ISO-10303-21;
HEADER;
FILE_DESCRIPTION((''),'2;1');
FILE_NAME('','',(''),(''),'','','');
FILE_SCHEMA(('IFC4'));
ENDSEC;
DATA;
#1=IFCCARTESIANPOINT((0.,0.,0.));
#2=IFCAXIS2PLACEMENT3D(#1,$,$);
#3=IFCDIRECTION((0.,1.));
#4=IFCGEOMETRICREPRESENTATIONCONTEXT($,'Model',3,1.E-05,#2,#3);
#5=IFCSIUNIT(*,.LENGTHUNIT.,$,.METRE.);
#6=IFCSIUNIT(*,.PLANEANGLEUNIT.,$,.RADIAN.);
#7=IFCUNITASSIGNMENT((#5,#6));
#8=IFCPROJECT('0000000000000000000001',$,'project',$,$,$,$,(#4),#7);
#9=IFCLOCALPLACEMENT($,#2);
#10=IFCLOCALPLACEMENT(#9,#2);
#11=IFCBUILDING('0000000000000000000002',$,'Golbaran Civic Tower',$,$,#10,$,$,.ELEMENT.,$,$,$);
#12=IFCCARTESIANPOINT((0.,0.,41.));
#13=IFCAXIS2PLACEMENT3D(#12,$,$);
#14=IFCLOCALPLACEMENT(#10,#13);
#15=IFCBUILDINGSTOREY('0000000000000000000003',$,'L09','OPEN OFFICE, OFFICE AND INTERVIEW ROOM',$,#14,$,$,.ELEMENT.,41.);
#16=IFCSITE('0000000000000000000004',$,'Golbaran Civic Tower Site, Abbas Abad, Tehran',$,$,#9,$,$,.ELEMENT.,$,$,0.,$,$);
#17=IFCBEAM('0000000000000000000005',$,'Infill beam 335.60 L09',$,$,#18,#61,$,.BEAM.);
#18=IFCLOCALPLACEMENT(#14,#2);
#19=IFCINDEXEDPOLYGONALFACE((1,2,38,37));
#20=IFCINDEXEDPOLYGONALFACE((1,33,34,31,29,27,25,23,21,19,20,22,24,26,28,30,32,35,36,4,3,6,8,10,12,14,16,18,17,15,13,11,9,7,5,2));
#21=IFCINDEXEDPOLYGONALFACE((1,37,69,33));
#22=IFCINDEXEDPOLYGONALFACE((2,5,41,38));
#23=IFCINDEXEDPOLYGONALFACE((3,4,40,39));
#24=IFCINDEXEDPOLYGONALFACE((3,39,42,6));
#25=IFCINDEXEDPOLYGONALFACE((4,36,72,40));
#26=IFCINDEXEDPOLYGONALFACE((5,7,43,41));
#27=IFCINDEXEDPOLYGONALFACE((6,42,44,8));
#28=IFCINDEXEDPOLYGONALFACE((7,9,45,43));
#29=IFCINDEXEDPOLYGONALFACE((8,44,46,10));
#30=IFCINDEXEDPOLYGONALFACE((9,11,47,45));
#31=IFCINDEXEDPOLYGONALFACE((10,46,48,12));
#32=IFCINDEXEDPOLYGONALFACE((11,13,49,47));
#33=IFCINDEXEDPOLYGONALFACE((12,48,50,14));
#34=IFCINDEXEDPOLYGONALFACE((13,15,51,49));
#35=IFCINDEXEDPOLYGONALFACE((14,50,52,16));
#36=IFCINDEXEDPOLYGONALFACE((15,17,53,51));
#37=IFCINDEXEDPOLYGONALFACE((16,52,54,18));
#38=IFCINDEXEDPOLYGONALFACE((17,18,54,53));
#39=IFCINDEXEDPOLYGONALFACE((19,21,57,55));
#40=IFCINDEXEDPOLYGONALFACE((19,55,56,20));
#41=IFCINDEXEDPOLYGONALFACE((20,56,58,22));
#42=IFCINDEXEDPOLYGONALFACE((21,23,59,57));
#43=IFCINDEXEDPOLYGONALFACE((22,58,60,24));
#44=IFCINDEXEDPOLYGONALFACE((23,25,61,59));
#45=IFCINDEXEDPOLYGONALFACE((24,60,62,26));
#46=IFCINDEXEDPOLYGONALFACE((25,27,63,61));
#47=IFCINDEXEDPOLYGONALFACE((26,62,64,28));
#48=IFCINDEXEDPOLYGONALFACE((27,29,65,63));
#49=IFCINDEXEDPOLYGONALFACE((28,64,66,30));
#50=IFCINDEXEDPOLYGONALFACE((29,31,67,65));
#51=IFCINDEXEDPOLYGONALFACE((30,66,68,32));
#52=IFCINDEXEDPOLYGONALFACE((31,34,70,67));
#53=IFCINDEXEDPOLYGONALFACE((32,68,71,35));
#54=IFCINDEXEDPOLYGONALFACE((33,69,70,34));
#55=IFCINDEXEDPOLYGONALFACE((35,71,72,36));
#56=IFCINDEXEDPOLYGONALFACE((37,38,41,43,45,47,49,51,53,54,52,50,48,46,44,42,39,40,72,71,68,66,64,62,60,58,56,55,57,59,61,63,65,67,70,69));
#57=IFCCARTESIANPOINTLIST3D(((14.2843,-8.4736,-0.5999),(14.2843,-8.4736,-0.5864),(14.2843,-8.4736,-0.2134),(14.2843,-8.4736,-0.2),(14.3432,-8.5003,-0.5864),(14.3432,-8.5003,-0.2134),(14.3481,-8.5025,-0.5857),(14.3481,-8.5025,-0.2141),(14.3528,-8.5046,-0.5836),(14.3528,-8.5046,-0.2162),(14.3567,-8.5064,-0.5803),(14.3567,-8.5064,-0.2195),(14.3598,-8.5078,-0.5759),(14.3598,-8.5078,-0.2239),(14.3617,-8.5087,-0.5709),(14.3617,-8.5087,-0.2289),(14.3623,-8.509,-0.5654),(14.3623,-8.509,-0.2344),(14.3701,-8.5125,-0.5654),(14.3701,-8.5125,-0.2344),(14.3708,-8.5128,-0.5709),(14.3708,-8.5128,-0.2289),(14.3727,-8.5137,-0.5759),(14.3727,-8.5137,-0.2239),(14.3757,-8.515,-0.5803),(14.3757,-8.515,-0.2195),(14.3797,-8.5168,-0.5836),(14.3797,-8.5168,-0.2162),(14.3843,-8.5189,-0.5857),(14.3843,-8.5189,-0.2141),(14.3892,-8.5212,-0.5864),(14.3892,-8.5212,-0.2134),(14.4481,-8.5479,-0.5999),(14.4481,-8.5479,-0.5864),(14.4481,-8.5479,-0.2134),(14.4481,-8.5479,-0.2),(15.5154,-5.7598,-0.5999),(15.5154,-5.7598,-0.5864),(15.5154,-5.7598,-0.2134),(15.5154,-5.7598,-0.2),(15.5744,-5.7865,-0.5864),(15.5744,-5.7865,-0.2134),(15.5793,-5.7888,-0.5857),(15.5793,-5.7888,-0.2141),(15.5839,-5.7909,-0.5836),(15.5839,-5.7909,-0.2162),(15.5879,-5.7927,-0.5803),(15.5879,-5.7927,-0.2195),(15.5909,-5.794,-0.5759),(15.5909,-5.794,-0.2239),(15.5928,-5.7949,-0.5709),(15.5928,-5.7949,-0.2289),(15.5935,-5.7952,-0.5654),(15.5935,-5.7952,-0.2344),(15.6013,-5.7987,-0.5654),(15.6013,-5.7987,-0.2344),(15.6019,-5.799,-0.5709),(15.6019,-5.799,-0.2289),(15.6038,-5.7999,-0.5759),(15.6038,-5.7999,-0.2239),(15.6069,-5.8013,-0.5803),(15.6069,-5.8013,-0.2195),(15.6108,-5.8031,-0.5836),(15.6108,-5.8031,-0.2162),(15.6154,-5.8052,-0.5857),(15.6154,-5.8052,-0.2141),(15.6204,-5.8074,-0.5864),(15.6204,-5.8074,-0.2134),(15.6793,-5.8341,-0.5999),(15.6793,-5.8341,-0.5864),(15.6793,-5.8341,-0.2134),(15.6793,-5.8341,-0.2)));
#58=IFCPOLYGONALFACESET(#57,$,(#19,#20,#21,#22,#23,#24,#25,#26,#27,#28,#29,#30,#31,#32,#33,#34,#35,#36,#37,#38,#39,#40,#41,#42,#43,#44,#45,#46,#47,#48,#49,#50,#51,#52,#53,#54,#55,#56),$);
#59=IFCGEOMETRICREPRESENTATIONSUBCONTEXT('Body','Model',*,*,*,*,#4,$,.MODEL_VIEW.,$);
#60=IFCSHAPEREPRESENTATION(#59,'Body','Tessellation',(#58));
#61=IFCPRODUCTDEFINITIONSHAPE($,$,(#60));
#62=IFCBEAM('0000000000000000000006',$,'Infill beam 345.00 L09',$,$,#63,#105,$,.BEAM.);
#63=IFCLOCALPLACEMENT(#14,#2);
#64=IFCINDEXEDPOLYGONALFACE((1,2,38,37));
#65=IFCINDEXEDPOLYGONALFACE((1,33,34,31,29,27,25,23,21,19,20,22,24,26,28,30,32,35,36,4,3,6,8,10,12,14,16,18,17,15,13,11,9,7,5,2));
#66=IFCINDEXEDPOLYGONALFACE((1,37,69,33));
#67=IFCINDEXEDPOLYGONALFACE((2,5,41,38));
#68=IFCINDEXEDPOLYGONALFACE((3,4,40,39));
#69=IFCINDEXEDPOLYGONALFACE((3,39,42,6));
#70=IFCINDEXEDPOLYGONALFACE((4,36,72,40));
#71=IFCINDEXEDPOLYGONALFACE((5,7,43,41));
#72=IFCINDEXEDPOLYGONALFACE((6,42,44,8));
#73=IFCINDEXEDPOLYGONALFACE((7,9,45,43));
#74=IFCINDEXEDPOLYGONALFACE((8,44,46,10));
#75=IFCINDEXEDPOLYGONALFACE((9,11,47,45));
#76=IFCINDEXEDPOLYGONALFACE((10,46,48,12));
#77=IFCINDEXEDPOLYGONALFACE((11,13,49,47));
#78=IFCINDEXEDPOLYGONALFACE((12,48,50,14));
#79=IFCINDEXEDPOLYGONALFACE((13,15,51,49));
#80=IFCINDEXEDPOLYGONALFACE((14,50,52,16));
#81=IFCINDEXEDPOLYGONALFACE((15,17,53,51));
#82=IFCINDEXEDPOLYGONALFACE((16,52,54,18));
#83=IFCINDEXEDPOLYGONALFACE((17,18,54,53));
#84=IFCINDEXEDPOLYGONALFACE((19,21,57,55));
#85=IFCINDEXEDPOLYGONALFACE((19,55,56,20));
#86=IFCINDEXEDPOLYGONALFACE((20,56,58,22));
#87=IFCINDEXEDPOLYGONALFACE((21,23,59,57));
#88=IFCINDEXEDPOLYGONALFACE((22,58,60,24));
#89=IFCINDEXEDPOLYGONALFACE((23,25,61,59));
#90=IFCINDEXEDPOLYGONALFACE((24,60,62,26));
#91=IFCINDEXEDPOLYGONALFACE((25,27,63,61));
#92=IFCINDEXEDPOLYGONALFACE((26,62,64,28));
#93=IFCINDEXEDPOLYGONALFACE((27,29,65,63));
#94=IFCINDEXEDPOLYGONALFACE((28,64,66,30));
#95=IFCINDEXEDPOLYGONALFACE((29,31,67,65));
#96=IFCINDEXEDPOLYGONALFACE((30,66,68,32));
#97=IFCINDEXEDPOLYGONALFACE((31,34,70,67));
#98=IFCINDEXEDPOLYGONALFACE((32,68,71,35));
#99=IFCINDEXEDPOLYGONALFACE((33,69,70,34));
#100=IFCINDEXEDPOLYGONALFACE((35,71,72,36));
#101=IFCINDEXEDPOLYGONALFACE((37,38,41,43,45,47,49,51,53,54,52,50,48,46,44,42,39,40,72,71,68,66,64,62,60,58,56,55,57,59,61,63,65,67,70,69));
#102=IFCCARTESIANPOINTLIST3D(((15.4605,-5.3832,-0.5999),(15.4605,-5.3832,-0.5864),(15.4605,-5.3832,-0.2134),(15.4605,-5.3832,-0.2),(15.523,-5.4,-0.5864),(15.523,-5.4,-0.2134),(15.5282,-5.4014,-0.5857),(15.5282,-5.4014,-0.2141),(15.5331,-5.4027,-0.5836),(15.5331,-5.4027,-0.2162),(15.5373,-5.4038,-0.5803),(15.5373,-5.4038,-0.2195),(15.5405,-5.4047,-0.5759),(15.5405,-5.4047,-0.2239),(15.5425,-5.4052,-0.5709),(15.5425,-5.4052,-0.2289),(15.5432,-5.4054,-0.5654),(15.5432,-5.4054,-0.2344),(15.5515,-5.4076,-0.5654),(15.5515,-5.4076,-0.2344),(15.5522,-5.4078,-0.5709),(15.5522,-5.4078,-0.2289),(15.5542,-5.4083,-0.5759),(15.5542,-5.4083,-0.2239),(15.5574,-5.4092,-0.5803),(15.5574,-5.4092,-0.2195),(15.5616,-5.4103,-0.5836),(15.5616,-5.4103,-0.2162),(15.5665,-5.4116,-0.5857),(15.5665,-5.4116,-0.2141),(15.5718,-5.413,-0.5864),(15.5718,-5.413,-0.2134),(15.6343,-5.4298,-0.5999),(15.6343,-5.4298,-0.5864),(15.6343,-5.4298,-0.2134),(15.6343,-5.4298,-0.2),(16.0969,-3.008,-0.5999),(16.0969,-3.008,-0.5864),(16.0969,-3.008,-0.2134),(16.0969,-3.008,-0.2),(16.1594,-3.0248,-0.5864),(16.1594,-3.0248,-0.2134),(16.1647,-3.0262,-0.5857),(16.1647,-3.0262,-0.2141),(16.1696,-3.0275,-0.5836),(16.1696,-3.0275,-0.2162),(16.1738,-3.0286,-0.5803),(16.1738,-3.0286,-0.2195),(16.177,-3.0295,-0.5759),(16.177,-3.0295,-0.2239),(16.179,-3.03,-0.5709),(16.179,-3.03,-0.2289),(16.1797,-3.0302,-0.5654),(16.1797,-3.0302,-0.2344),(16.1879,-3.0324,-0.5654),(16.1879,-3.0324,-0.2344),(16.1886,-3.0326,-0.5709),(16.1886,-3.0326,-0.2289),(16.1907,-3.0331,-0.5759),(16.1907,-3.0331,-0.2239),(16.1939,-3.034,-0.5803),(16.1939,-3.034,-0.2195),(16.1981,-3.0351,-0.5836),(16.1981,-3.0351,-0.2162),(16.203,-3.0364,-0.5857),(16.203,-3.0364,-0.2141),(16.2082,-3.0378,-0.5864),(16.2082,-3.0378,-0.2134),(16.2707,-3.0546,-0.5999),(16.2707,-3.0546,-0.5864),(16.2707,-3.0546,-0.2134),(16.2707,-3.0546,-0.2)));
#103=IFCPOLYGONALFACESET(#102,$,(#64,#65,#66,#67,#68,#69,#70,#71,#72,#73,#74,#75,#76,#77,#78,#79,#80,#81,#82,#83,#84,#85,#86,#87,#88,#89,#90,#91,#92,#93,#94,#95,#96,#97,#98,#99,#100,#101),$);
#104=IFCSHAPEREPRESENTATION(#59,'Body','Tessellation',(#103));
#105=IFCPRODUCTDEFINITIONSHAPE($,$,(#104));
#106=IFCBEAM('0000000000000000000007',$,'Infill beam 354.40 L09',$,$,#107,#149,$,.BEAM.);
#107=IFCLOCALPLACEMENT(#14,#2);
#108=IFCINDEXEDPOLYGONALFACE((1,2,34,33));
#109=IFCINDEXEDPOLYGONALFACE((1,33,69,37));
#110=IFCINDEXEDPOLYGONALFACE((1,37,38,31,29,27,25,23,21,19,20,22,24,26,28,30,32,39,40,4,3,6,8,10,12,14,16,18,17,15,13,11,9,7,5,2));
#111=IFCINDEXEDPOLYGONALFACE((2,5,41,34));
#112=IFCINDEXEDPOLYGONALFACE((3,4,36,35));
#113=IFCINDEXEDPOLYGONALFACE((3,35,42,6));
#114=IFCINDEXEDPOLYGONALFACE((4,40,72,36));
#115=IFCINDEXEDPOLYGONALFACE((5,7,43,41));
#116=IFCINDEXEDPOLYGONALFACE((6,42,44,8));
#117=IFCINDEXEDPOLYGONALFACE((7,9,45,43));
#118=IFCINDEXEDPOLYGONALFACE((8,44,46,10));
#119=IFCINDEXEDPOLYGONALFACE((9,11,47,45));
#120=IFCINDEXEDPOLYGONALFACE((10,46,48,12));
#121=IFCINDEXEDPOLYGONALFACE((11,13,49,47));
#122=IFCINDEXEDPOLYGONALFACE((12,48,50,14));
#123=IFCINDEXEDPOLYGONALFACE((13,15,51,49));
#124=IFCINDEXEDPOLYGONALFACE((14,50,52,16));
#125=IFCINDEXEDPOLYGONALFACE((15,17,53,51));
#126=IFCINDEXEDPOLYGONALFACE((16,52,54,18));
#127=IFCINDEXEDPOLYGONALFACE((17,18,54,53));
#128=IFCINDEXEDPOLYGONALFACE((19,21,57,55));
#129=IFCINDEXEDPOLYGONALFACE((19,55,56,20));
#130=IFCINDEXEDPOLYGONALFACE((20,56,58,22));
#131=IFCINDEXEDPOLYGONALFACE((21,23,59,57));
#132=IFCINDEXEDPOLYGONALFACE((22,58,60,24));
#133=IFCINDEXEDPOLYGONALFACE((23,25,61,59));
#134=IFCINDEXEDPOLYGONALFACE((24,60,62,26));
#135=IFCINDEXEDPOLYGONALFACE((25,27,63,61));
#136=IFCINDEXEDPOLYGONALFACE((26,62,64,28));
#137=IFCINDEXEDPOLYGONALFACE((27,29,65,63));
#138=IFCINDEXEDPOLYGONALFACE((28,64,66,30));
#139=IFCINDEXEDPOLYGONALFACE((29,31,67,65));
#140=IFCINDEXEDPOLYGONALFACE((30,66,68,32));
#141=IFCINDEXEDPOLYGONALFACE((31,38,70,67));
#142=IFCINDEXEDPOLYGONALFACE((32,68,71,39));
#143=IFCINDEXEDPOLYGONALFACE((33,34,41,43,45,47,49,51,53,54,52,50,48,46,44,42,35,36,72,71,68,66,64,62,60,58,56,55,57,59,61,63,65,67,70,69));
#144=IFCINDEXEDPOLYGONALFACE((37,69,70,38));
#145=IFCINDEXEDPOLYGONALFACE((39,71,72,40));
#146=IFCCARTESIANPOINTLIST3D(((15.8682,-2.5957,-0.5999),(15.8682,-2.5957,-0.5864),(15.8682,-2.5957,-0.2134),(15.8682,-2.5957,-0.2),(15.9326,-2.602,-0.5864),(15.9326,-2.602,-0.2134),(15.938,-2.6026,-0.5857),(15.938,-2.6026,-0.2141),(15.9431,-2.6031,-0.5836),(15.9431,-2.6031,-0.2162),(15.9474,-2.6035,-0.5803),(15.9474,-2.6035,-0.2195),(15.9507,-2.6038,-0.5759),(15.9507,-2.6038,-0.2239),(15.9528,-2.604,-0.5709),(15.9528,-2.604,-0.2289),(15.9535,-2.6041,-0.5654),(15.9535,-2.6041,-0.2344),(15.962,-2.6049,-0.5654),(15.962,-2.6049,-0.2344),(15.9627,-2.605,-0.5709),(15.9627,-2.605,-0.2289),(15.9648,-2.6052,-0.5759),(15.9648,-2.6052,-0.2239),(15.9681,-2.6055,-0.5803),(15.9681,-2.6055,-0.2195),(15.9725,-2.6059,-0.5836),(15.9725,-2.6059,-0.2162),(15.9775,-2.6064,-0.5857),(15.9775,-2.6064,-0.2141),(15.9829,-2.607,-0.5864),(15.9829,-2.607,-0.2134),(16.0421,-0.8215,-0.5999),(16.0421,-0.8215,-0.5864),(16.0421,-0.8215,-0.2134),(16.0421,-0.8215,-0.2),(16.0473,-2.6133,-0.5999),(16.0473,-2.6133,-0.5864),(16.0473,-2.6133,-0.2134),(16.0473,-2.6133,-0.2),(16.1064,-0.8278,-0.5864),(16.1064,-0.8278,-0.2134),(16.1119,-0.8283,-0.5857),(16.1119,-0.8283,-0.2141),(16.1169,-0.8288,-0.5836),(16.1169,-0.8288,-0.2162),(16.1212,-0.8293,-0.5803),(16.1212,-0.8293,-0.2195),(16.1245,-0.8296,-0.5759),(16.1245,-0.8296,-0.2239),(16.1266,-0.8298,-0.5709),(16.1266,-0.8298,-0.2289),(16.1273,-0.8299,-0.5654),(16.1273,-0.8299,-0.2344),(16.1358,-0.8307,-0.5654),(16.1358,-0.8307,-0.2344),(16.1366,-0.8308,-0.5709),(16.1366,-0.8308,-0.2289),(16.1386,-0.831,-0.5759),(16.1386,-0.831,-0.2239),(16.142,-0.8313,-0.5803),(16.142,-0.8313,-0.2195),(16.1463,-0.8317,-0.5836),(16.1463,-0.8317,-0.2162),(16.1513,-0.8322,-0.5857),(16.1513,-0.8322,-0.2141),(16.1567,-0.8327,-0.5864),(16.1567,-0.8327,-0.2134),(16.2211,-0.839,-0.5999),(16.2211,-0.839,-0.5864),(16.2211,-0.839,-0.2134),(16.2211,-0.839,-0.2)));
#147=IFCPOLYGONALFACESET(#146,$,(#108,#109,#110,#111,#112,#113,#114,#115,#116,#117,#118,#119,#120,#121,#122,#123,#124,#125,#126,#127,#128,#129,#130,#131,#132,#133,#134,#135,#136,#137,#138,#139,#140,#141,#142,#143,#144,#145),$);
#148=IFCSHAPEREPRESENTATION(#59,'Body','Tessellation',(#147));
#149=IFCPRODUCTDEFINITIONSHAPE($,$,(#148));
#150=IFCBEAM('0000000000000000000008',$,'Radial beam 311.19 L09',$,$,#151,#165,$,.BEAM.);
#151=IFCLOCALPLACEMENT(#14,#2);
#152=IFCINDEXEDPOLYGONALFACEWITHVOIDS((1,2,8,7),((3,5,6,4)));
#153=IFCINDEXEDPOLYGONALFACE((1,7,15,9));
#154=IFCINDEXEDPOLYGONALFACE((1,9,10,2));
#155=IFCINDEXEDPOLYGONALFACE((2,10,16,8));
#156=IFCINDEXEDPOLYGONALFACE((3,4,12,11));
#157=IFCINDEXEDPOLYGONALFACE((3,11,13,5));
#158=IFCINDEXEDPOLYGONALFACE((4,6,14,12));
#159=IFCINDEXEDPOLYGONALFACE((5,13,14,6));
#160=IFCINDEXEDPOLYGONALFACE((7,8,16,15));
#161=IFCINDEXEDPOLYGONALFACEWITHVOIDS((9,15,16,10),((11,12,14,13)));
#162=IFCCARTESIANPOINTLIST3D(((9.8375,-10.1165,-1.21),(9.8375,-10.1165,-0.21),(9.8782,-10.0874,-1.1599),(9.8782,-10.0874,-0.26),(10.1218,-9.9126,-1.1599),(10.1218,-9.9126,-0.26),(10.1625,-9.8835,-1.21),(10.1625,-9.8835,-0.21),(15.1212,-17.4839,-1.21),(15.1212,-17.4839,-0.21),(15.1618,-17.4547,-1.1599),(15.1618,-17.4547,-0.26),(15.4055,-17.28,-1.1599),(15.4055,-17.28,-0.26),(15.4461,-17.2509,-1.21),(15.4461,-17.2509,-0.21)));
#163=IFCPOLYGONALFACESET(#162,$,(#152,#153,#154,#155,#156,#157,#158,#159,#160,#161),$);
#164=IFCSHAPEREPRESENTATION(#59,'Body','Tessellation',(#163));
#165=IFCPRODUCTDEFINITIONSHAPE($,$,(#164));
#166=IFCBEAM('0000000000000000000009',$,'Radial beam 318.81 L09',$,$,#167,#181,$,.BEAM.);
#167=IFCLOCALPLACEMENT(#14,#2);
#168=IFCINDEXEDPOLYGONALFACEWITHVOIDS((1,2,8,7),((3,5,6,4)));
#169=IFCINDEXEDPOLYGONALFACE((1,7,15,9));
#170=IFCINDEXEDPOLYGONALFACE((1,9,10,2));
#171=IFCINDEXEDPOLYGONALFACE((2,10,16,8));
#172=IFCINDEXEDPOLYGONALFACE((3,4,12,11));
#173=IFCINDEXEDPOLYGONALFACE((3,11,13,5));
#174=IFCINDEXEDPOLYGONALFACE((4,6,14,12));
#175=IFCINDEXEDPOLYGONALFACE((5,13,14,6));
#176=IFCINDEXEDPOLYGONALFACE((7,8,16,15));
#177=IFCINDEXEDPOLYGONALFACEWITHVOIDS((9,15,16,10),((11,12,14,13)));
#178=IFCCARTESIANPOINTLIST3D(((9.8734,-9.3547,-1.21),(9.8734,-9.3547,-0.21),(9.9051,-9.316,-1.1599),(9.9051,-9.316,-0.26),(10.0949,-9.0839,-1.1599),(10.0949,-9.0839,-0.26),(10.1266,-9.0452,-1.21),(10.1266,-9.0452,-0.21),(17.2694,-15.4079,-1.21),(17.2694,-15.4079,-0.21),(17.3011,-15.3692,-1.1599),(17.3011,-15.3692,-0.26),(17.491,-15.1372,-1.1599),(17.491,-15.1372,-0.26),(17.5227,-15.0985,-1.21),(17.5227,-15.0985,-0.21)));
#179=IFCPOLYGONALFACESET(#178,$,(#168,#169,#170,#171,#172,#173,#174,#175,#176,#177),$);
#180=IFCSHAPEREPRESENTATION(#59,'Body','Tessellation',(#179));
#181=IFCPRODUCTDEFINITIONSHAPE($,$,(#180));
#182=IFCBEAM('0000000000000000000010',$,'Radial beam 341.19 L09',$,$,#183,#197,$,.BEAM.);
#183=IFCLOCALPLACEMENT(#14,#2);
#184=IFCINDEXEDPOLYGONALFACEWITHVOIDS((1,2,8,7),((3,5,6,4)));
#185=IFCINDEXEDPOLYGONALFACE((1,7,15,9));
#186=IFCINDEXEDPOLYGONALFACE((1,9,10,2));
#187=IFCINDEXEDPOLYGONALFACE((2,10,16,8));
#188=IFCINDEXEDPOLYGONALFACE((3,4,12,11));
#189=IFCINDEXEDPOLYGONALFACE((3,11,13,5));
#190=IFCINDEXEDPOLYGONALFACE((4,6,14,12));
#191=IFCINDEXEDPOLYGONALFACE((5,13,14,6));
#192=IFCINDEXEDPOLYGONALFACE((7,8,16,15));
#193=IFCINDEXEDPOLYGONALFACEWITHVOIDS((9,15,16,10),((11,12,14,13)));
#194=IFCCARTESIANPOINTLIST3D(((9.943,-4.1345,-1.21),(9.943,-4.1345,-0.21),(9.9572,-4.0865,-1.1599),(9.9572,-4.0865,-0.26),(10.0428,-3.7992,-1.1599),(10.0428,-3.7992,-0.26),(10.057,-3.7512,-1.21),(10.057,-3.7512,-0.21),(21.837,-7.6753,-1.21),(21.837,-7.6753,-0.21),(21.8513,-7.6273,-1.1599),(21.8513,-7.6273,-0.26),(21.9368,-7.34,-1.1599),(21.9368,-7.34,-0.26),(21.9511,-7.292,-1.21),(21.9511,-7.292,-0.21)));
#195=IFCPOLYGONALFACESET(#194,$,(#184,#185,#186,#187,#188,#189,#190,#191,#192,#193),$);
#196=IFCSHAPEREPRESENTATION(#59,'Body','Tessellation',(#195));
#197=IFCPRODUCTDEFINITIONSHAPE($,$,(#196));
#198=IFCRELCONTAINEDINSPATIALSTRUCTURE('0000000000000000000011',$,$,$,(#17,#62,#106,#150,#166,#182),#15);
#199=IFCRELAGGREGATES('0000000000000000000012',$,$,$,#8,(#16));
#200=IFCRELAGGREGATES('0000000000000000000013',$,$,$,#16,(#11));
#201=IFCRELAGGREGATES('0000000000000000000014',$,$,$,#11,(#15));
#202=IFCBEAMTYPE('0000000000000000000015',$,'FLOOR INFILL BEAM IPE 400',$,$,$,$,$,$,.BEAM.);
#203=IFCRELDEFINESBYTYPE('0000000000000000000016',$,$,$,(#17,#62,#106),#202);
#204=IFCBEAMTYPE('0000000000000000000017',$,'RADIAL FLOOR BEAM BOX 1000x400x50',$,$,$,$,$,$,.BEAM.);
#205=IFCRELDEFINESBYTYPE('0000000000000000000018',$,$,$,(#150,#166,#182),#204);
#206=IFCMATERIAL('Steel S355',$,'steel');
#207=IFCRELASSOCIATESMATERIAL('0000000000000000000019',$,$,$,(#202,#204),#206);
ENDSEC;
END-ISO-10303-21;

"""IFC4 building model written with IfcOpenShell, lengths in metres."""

from ifc_helpers import new_model, si_unit, direction, frame, origin, origin_2d, place, context, subcontext, project, spatial, hollow_rectangle, i_section, extrude, material, material_profile, profile_set, type_object, element, save


model = new_model("IFC4")

# Units and contexts
model_context = context("Model", 3, precision=1e-05, world=origin(), true_north=direction((0.0, 1.0)))
body_context = subcontext(model_context, "Body", "Model", "MODEL_VIEW")
ifc_project = project(units=[si_unit("LENGTHUNIT", "METRE"), si_unit("PLANEANGLEUNIT", "RADIAN")], contexts=[model_context])

# Site, building, storey
site_placement = place(None, origin())
site = spatial("IfcSite", under=ifc_project, at=site_placement, Name="Golbaran Civic Tower Site, Abbas Abad, Tehran", CompositionType="ELEMENT", RefElevation=0.0)
building_placement = place(site_placement, origin())
building = spatial("IfcBuilding", under=site, at=building_placement, Name="Golbaran Civic Tower", CompositionType="ELEMENT")
storey_placement = place(building_placement, frame((0.0, 0.0, 41.0)))
storey = spatial("IfcBuildingStorey", under=building, at=storey_placement, Name="L09", Description="OPEN OFFICE, OFFICE AND INTERVIEW ROOM", CompositionType="ELEMENT", Elevation=41.0)

# Beams
ifc_material_1 = material(Name="Steel S355", Category="steel")
ifc_material_profile_1 = material_profile(ifc_material_1, i_section(OverallWidth=0.1799, OverallDepth=0.3999, WebThickness=0.0085, FlangeThickness=0.0134, FilletRadius=0.021, at=origin_2d()), Name="IPE 400")
ifc_profile_set_1 = profile_set([ifc_material_profile_1], Name="Steel S355")
beam_type_1 = type_object("IfcBeamType", Name="FLOOR INFILL BEAM IPE 400", PredefinedType="BEAM", material=ifc_profile_set_1)
beam_1_placement = place(storey_placement, frame((14.3662, -8.5107, -0.3999), z_axis=(0.413142, 0.910666, 0.0), x_axis=(-0.910666, 0.413142, 0.0)))
element("IfcBeam", 1, at=beam_1_placement, inside=storey, type_object=beam_type_1, Name="Infill beam 335.60 L09", PredefinedType="BEAM", context=body_context, shape_type="SweptSolid", body=[
    extrude(i_section(OverallWidth=0.1799, OverallDepth=0.3999, WebThickness=0.0085, FlangeThickness=0.0134, FilletRadius=0.021, at=origin_2d()), origin(), (0.0, 0.0, 1.0), 2.98),
])
beam_2_placement = place(storey_placement, frame((15.5474, -5.4065, -0.3999), z_axis=(0.25883, 0.965923, 0.0), x_axis=(-0.965923, 0.25883, 0.0)))
element("IfcBeam", 2, at=beam_2_placement, inside=storey, type_object=beam_type_1, Name="Infill beam 345.00 L09", PredefinedType="BEAM", context=body_context, shape_type="SweptSolid", body=[
    extrude(i_section(OverallWidth=0.1799, OverallDepth=0.3999, WebThickness=0.0085, FlangeThickness=0.0134, FilletRadius=0.021, at=origin_2d()), origin(), (0.0, 0.0, 1.0), 2.459),
])
beam_3_placement = place(storey_placement, frame((15.9578, -2.6045, -0.3999), z_axis=(0.09751, 0.995235, 0.0), x_axis=(-0.995235, 0.09751, 0.0)))
element("IfcBeam", 3, at=beam_3_placement, inside=storey, type_object=beam_type_1, Name="Infill beam 354.40 L09", PredefinedType="BEAM", context=body_context, shape_type="SweptSolid", body=[
    extrude(i_section(OverallWidth=0.1799, OverallDepth=0.3999, WebThickness=0.0085, FlangeThickness=0.0134, FilletRadius=0.021, at=origin_2d()), origin(), (0.0, 0.0, 1.0), 1.7827),
])
ifc_material_profile_2 = material_profile(ifc_material_1, hollow_rectangle(XDim=0.3999, YDim=1.0, WallThickness=0.05, at=origin_2d()), Name="BOX 1000x400x50")
ifc_profile_set_2 = profile_set([ifc_material_profile_2], Name="Steel S355")
beam_type_2 = type_object("IfcBeamType", Name="RADIAL FLOOR BEAM BOX 1000x400x50", PredefinedType="BEAM", material=ifc_profile_set_2)
beam_4_placement = place(storey_placement, frame((10.0, -10.0, -0.71), z_axis=(0.582788, -0.812624, 0.0), x_axis=(0.812624, 0.582788, 0.0)))
element("IfcBeam", 4, at=beam_4_placement, inside=storey, type_object=beam_type_2, Name="Radial beam 311.19 L09", PredefinedType="BEAM", context=body_context, shape_type="SweptSolid", body=[
    extrude(hollow_rectangle(XDim=0.3999, YDim=1.0, WallThickness=0.05, at=origin_2d()), origin(), (0.0, 0.0, 1.0), 9.0662),
])
beam_5_placement = place(storey_placement, frame((10.0, -9.2, -0.71), z_axis=(0.773857, -0.63336, 0.0), x_axis=(0.63336, 0.773857, 0.0)))
element("IfcBeam", 5, at=beam_5_placement, inside=storey, type_object=beam_type_2, Name="Radial beam 318.81 L09", PredefinedType="BEAM", context=body_context, shape_type="SweptSolid", body=[
    extrude(hollow_rectangle(XDim=0.3999, YDim=1.0, WallThickness=0.05, at=origin_2d()), origin(), (0.0, 0.0, 1.0), 9.5574),
])
beam_6_placement = place(storey_placement, frame((10.0, -3.9429, -0.71), z_axis=(0.958433, -0.285319, 0.0), x_axis=(0.285319, 0.958433, 0.0)))
element("IfcBeam", 6, at=beam_6_placement, inside=storey, type_object=beam_type_2, Name="Radial beam 341.19 L09", PredefinedType="BEAM", context=body_context, shape_type="SweptSolid", body=[
    extrude(hollow_rectangle(XDim=0.3999, YDim=1.0, WallThickness=0.05, at=origin_2d()), origin(), (0.0, 0.0, 1.0), 12.4099),
])

save(model, "model.ifc")
